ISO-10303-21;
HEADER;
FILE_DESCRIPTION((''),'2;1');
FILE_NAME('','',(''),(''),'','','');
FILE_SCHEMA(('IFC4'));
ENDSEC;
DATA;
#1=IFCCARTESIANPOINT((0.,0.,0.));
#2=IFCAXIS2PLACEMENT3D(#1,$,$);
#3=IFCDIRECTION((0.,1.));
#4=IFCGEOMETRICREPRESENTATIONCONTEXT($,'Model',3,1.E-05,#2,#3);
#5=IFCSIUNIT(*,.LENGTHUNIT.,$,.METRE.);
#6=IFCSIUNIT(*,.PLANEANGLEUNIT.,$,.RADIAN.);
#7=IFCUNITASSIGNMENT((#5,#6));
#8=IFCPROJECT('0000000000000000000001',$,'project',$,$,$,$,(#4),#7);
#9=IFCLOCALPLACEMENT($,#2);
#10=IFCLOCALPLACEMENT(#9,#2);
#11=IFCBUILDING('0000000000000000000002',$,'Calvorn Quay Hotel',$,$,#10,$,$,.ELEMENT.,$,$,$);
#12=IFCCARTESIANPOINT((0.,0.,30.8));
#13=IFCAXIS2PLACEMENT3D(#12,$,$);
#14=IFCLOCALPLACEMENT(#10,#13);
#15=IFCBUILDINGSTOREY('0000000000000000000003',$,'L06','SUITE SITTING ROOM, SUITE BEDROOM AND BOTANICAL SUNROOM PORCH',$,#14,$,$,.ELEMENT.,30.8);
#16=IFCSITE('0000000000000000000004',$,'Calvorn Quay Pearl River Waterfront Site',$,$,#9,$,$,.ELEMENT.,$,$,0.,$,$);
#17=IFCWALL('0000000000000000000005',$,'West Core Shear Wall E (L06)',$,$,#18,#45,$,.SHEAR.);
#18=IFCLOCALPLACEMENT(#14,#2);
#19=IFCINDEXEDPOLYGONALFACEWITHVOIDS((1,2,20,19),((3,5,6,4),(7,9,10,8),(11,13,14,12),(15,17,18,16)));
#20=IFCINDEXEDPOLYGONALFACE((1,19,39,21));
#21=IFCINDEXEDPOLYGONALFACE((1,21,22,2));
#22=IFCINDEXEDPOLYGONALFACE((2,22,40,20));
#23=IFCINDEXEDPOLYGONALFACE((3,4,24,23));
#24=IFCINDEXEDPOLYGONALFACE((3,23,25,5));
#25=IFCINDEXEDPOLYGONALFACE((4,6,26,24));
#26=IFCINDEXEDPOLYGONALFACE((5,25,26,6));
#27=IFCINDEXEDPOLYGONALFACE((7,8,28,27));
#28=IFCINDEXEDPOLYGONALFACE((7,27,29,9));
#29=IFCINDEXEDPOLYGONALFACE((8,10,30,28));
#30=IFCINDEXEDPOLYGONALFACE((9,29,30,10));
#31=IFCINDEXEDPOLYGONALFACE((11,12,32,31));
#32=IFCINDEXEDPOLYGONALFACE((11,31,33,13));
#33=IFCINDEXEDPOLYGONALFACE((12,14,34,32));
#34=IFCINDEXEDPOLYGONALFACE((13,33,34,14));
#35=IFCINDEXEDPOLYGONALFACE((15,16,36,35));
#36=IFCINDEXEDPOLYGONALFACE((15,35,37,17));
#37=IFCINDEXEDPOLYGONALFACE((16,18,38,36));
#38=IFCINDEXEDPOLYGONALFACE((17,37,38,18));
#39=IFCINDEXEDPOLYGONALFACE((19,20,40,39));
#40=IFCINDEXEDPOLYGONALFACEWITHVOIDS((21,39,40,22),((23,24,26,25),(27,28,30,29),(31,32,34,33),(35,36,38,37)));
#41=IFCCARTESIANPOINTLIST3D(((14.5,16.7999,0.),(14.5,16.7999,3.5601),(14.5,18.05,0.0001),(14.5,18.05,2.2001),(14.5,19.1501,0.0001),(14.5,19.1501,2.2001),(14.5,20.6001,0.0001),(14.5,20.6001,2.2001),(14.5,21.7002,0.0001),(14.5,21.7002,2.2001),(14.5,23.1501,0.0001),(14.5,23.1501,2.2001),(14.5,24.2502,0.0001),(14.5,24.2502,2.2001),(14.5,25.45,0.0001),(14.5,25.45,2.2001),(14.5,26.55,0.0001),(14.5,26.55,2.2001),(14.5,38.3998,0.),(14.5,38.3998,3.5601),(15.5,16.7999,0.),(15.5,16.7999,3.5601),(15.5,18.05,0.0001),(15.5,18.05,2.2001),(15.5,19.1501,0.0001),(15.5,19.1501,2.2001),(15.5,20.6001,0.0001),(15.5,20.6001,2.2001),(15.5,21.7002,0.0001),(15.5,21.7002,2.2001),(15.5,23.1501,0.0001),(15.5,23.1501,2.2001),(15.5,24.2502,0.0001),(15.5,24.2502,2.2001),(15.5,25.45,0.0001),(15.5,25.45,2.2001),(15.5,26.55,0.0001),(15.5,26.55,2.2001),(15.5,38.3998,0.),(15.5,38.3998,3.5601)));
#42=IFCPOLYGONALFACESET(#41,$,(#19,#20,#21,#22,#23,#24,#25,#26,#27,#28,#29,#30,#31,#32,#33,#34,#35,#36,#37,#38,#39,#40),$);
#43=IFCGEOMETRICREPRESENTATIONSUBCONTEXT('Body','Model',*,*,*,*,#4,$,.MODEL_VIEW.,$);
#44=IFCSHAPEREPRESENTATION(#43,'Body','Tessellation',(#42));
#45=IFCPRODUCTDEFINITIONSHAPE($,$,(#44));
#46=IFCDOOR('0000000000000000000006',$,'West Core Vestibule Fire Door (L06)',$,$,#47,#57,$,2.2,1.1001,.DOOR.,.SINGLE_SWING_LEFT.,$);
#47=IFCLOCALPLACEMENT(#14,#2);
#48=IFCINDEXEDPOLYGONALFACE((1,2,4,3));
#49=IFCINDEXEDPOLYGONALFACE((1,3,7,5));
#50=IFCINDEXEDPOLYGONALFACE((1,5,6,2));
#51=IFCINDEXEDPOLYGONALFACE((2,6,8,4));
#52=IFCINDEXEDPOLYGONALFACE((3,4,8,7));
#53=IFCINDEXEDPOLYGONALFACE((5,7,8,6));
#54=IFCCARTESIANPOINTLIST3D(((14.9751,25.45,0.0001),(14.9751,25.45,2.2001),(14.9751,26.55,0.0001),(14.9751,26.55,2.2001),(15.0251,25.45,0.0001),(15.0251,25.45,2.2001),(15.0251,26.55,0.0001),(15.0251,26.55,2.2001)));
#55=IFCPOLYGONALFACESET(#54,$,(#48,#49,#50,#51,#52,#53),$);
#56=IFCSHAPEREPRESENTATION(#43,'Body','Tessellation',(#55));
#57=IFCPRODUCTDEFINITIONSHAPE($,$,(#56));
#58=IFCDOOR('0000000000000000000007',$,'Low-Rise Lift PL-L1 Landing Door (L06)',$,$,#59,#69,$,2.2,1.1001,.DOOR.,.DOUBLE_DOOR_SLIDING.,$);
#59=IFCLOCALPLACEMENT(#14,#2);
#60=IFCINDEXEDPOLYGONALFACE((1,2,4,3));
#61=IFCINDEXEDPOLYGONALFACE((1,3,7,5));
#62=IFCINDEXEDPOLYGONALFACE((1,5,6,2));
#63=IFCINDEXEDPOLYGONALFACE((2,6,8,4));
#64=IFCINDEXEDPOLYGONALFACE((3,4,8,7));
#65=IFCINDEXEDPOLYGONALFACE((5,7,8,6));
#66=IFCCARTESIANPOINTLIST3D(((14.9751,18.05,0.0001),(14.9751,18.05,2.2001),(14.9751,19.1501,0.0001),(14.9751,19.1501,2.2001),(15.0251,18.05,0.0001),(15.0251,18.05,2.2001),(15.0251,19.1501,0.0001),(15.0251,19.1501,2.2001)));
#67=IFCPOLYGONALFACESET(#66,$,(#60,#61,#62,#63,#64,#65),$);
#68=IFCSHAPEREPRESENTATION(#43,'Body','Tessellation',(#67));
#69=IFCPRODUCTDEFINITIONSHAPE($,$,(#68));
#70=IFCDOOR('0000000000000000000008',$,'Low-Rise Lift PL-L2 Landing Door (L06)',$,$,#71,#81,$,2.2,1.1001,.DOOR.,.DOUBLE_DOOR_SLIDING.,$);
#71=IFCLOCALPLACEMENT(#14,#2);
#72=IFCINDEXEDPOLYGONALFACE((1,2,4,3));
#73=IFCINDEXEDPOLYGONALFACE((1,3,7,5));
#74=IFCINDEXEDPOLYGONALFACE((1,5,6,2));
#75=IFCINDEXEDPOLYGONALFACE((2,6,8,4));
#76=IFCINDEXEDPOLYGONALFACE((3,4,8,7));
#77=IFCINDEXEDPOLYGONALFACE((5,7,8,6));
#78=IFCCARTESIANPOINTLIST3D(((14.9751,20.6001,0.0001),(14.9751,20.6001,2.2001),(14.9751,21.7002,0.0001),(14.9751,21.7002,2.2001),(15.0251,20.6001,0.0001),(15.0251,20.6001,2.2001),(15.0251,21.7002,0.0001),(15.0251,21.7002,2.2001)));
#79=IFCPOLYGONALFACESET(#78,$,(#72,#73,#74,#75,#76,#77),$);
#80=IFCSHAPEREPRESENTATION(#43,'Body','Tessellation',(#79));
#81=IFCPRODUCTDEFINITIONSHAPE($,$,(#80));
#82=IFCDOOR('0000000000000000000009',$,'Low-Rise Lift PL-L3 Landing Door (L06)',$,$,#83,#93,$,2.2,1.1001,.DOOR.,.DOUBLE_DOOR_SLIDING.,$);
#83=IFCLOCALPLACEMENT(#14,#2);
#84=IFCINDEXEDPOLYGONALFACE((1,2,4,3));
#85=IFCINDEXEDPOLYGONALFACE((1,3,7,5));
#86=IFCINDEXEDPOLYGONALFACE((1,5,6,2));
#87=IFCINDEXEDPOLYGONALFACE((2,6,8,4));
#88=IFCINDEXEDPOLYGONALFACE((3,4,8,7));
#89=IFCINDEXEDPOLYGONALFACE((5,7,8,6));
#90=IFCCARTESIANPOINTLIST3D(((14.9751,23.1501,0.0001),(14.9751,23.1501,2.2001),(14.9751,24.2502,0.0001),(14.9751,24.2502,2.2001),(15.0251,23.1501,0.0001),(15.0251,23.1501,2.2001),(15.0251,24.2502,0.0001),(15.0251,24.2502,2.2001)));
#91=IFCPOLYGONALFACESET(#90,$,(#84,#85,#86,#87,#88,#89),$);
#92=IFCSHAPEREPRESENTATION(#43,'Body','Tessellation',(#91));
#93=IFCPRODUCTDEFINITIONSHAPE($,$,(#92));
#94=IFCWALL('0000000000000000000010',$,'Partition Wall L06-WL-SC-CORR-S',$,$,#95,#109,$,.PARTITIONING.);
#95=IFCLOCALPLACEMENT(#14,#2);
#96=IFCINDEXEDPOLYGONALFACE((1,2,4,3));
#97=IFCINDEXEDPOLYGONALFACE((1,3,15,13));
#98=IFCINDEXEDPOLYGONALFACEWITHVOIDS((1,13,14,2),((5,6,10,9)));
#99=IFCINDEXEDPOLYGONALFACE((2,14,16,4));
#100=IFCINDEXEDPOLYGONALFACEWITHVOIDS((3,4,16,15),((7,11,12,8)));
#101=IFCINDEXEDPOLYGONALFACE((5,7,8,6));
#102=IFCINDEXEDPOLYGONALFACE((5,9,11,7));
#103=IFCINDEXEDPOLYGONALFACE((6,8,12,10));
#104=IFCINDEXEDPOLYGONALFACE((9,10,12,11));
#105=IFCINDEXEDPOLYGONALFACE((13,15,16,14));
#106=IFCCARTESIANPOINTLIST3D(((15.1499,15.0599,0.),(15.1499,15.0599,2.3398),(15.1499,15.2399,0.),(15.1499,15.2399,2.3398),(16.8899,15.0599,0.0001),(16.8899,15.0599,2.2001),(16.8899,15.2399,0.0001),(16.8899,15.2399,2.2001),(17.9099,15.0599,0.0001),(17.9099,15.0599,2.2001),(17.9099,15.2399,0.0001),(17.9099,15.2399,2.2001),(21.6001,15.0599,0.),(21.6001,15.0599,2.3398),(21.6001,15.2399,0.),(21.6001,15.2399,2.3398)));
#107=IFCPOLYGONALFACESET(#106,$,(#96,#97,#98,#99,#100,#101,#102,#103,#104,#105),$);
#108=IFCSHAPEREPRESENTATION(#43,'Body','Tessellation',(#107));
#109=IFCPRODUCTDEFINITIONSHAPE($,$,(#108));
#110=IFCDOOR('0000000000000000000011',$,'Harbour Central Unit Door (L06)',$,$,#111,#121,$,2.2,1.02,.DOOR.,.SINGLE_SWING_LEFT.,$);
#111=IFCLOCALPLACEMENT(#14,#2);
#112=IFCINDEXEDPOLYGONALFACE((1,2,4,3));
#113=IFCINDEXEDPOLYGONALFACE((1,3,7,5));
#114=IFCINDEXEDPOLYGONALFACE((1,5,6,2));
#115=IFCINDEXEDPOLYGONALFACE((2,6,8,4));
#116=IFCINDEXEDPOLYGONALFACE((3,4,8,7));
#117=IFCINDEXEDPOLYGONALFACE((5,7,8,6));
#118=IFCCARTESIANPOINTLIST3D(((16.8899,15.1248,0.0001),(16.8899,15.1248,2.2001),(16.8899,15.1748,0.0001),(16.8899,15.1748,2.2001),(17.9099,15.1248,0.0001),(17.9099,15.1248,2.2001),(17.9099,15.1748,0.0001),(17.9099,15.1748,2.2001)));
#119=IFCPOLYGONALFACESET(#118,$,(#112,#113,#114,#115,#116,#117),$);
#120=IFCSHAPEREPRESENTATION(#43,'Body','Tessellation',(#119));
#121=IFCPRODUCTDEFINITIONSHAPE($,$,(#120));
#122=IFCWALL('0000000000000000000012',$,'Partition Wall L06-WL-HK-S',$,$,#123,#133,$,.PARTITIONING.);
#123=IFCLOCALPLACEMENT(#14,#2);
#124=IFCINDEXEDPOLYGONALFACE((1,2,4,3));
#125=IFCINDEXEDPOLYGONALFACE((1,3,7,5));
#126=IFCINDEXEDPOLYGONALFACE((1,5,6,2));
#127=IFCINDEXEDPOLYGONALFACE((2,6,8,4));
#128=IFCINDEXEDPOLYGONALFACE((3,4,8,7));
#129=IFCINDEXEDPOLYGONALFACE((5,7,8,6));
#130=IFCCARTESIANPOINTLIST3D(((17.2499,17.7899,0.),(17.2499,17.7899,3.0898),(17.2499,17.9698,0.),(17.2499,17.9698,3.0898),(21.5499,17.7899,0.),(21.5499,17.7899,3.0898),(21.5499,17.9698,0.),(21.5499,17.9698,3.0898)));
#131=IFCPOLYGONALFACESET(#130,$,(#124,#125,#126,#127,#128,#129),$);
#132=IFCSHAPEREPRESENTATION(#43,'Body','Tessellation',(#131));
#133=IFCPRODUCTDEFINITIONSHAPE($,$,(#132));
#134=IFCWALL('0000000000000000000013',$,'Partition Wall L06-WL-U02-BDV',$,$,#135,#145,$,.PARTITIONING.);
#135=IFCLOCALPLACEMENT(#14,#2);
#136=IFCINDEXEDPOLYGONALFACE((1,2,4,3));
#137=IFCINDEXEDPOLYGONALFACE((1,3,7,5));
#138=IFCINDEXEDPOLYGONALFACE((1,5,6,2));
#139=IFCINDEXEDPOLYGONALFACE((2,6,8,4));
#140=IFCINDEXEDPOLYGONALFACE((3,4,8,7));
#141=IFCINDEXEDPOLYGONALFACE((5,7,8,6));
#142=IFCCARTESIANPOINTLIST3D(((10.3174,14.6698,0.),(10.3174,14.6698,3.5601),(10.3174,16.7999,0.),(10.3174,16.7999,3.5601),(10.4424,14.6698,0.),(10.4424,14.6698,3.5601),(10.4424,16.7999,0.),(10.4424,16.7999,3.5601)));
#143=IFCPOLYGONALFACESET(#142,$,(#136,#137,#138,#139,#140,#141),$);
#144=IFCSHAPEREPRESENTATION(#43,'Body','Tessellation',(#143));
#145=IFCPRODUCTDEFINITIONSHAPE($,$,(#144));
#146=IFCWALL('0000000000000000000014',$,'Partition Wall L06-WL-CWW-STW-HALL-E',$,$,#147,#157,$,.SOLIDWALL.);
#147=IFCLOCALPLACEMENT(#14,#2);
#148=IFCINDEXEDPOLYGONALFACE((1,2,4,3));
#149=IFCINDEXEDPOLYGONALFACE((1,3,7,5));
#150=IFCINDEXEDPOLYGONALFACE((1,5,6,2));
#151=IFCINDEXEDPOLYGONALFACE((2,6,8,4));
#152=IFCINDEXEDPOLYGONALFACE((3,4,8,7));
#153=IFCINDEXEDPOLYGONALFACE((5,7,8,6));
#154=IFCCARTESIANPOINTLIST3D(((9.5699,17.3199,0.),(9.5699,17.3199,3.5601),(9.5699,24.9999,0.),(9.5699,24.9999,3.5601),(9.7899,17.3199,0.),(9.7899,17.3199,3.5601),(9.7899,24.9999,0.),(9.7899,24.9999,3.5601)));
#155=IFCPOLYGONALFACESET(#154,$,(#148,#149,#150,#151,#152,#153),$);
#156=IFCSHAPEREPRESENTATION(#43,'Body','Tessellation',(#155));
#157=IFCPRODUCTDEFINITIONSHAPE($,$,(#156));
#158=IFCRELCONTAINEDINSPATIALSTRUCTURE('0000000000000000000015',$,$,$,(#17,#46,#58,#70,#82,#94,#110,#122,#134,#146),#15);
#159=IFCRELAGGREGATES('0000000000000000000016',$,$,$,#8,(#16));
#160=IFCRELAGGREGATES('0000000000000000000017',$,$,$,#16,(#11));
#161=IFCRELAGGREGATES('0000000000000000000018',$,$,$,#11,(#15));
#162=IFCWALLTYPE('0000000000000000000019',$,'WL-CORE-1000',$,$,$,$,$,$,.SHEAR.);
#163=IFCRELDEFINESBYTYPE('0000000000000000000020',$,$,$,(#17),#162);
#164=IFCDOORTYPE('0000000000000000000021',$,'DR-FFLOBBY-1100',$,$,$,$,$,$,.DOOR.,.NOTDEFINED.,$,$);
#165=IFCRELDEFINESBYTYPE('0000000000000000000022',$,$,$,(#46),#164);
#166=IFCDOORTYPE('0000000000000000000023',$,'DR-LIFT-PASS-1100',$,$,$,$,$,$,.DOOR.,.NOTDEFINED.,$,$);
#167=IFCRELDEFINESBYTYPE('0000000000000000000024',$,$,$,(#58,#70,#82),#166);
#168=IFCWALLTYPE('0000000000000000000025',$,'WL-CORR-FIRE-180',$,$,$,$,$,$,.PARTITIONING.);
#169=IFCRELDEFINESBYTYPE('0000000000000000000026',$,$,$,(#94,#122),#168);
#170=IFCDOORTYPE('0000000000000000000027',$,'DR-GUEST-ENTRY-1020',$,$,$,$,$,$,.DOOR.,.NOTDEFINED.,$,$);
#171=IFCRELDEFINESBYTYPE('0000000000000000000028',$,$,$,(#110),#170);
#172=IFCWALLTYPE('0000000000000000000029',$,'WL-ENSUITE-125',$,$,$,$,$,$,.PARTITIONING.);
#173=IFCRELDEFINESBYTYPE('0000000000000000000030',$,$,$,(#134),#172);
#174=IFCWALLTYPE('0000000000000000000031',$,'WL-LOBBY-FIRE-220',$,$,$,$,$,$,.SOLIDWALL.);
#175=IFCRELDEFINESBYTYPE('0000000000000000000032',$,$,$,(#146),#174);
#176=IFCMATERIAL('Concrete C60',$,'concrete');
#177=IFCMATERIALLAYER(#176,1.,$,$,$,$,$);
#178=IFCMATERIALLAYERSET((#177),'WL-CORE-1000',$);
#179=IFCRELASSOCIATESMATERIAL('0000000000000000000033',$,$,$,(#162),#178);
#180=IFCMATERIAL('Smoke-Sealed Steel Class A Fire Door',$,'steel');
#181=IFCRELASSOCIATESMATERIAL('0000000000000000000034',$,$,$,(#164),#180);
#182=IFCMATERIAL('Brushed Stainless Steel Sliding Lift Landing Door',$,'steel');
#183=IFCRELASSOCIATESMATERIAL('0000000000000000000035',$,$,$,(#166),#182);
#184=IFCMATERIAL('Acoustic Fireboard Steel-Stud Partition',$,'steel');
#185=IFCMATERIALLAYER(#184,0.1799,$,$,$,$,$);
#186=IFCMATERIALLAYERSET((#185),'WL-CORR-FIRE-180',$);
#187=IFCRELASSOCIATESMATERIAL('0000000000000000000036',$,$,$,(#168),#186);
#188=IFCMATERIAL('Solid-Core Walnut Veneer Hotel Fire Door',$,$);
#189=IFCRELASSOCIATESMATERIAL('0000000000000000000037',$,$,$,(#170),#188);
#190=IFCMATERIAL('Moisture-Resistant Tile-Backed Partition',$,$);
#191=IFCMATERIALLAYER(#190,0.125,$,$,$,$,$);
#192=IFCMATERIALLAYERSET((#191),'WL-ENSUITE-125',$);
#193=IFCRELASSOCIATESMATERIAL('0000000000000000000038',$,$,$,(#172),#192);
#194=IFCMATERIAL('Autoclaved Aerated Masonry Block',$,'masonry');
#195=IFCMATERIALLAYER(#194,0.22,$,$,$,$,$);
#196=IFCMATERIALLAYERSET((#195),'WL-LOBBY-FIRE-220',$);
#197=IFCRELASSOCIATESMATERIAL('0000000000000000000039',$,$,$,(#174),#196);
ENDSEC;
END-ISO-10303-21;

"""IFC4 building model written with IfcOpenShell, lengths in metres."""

from ifc_helpers import new_model, si_unit, direction, frame, frame_2d, origin, place, context, subcontext, project, spatial, rectangle, extrude, material, layer, layer_set, type_object, element, fill, save


model = new_model("IFC4")

# Units and contexts
model_context = context("Model", 3, precision=1e-05, world=origin(), true_north=direction((0.0, 1.0)))
body_context = subcontext(model_context, "Body", "Model", "MODEL_VIEW")
ifc_project = project(units=[si_unit("LENGTHUNIT", "METRE"), si_unit("PLANEANGLEUNIT", "RADIAN")], contexts=[model_context])

# Site, building, storey
site_placement = place(None, origin())
site = spatial("IfcSite", under=ifc_project, at=site_placement, Name="Calvorn Quay Pearl River Waterfront Site", CompositionType="ELEMENT", RefElevation=0.0)
building_placement = place(site_placement, origin())
building = spatial("IfcBuilding", under=site, at=building_placement, Name="Calvorn Quay Hotel", CompositionType="ELEMENT")
storey_placement = place(building_placement, frame((0.0, 0.0, 30.8)))
storey = spatial("IfcBuildingStorey", under=building, at=storey_placement, Name="L06", Description="SUITE SITTING ROOM, SUITE BEDROOM AND BOTANICAL SUNROOM PORCH", CompositionType="ELEMENT", Elevation=30.8)

# Wall, openings, doors
ifc_material_1 = material(Name="Concrete C60", Category="concrete")
ifc_layer_1 = layer(ifc_material_1, 1.0)
ifc_layer_set_1 = layer_set([ifc_layer_1], Name="WL-CORE-1000")
wall_type_1 = type_object("IfcWallType", Name="WL-CORE-1000", PredefinedType="SHEAR", material=ifc_layer_set_1)
wall_1_placement = place(storey_placement, frame((15.0, 16.8, 0.0), z_axis=(0.0, 0.0, 1.0), x_axis=(0.0, 1.0, 0.0)))
wall_1 = element("IfcWall", 1, at=wall_1_placement, inside=storey, type_object=wall_type_1, Name="West Core Shear Wall E (L06)", PredefinedType="SHEAR", context=body_context, shape_type="SweptSolid", body=[
    extrude(rectangle(XDim=21.5999, YDim=1.0, at=frame_2d((10.7998, 0.0))), origin(), (0.0, 0.0, 1.0), 3.5601),
])
opening_1_placement = place(wall_1_placement, frame((8.6499, 0.0, 0.0)))
opening_1 = element("IfcOpeningElement", 2, at=opening_1_placement, cuts=wall_1, PredefinedType="OPENING", context=body_context, shape_type="SweptSolid", body=[
    extrude(rectangle(XDim=1.1001, YDim=2.2, at=frame_2d((0.55, 1.1001))), frame((0.0, 0.51, 0.0), z_axis=(0.0, -1.0, 0.0), x_axis=(1.0, 0.0, 0.0)), (0.0, 0.0, 1.0), 1.02),
])
opening_2_placement = place(wall_1_placement, frame((1.25, 0.0, 0.0)))
opening_2 = element("IfcOpeningElement", 3, at=opening_2_placement, cuts=wall_1, PredefinedType="OPENING", context=body_context, shape_type="SweptSolid", body=[
    extrude(rectangle(XDim=1.1001, YDim=2.2, at=frame_2d((0.55, 1.1001))), frame((0.0, 0.51, 0.0), z_axis=(0.0, -1.0, 0.0), x_axis=(1.0, 0.0, 0.0)), (0.0, 0.0, 1.0), 1.02),
])
opening_3_placement = place(wall_1_placement, frame((3.8, 0.0, 0.0)))
opening_3 = element("IfcOpeningElement", 4, at=opening_3_placement, cuts=wall_1, PredefinedType="OPENING", context=body_context, shape_type="SweptSolid", body=[
    extrude(rectangle(XDim=1.1001, YDim=2.2, at=frame_2d((0.55, 1.1001))), frame((0.0, 0.51, 0.0), z_axis=(0.0, -1.0, 0.0), x_axis=(1.0, 0.0, 0.0)), (0.0, 0.0, 1.0), 1.02),
])
opening_4_placement = place(wall_1_placement, frame((6.3501, 0.0, 0.0)))
opening_4 = element("IfcOpeningElement", 5, at=opening_4_placement, cuts=wall_1, PredefinedType="OPENING", context=body_context, shape_type="SweptSolid", body=[
    extrude(rectangle(XDim=1.1001, YDim=2.2, at=frame_2d((0.55, 1.1001))), frame((0.0, 0.51, 0.0), z_axis=(0.0, -1.0, 0.0), x_axis=(1.0, 0.0, 0.0)), (0.0, 0.0, 1.0), 1.02),
])
ifc_material_2 = material(Name="Smoke-Sealed Steel Class A Fire Door", Category="steel")
door_type_1 = type_object("IfcDoorType", Name="DR-FFLOBBY-1100", OperationType="NOTDEFINED", PredefinedType="DOOR", material=ifc_material_2)
door_1_placement = place(opening_1_placement, origin())
door_1 = element("IfcDoor", 6, at=door_1_placement, inside=storey, type_object=door_type_1, Name="West Core Vestibule Fire Door (L06)", OperationType="SINGLE_SWING_LEFT", OverallHeight=2.2, OverallWidth=1.1001, PredefinedType="DOOR", context=body_context, shape_type="SweptSolid", body=[
    extrude(rectangle(XDim=1.1001, YDim=2.2, at=frame_2d((0.55, 1.1001))), frame((0.0, 0.0249, 0.0), z_axis=(0.0, -1.0, 0.0), x_axis=(1.0, 0.0, 0.0)), (0.0, 0.0, 1.0), 0.05),
])
fill(opening_1, door_1)
ifc_material_3 = material(Name="Brushed Stainless Steel Sliding Lift Landing Door", Category="steel")
door_type_2 = type_object("IfcDoorType", Name="DR-LIFT-PASS-1100", OperationType="NOTDEFINED", PredefinedType="DOOR", material=ifc_material_3)
door_2_placement = place(opening_2_placement, origin())
door_2 = element("IfcDoor", 7, at=door_2_placement, inside=storey, type_object=door_type_2, Name="Low-Rise Lift PL-L1 Landing Door (L06)", OperationType="DOUBLE_DOOR_SLIDING", OverallHeight=2.2, OverallWidth=1.1001, PredefinedType="DOOR", context=body_context, shape_type="SweptSolid", body=[
    extrude(rectangle(XDim=1.1001, YDim=2.2, at=frame_2d((0.55, 1.1001))), frame((0.0, 0.0249, 0.0), z_axis=(0.0, -1.0, 0.0), x_axis=(1.0, 0.0, 0.0)), (0.0, 0.0, 1.0), 0.05),
])
fill(opening_2, door_2)
door_3_placement = place(opening_3_placement, origin())
door_3 = element("IfcDoor", 8, at=door_3_placement, inside=storey, type_object=door_type_2, Name="Low-Rise Lift PL-L2 Landing Door (L06)", OperationType="DOUBLE_DOOR_SLIDING", OverallHeight=2.2, OverallWidth=1.1001, PredefinedType="DOOR", context=body_context, shape_type="SweptSolid", body=[
    extrude(rectangle(XDim=1.1001, YDim=2.2, at=frame_2d((0.55, 1.1001))), frame((0.0, 0.0249, 0.0), z_axis=(0.0, -1.0, 0.0), x_axis=(1.0, 0.0, 0.0)), (0.0, 0.0, 1.0), 0.05),
])
fill(opening_3, door_3)
door_4_placement = place(opening_4_placement, origin())
door_4 = element("IfcDoor", 9, at=door_4_placement, inside=storey, type_object=door_type_2, Name="Low-Rise Lift PL-L3 Landing Door (L06)", OperationType="DOUBLE_DOOR_SLIDING", OverallHeight=2.2, OverallWidth=1.1001, PredefinedType="DOOR", context=body_context, shape_type="SweptSolid", body=[
    extrude(rectangle(XDim=1.1001, YDim=2.2, at=frame_2d((0.55, 1.1001))), frame((0.0, 0.0249, 0.0), z_axis=(0.0, -1.0, 0.0), x_axis=(1.0, 0.0, 0.0)), (0.0, 0.0, 1.0), 0.05),
])
fill(opening_4, door_4)

# Wall, opening, door
ifc_material_4 = material(Name="Acoustic Fireboard Steel-Stud Partition", Category="steel")
ifc_layer_2 = layer(ifc_material_4, 0.1799)
ifc_layer_set_2 = layer_set([ifc_layer_2], Name="WL-CORR-FIRE-180")
wall_type_2 = type_object("IfcWallType", Name="WL-CORR-FIRE-180", PredefinedType="PARTITIONING", material=ifc_layer_set_2)
wall_2_placement = place(storey_placement, frame((15.1499, 15.1499, 0.0), z_axis=(0.0, 0.0, 1.0), x_axis=(1.0, 0.0, 0.0)))
wall_2 = element("IfcWall", 10, at=wall_2_placement, inside=storey, type_object=wall_type_2, Name="Partition Wall L06-WL-SC-CORR-S", PredefinedType="PARTITIONING", context=body_context, shape_type="SweptSolid", body=[
    extrude(rectangle(XDim=6.4502, YDim=0.1799, at=frame_2d((3.2251, 0.0))), origin(), (0.0, 0.0, 1.0), 2.3398),
])
opening_5_placement = place(wall_2_placement, frame((1.74, 0.0, 0.0)))
opening_5 = element("IfcOpeningElement", 11, at=opening_5_placement, cuts=wall_2, PredefinedType="OPENING", context=body_context, shape_type="SweptSolid", body=[
    extrude(rectangle(XDim=1.02, YDim=2.2, at=frame_2d((0.51, 1.1001))), frame((0.0, 0.0999, 0.0), z_axis=(0.0, -1.0, 0.0), x_axis=(1.0, 0.0, 0.0)), (0.0, 0.0, 1.0), 0.2),
])
ifc_material_5 = material(Name="Solid-Core Walnut Veneer Hotel Fire Door")
door_type_3 = type_object("IfcDoorType", Name="DR-GUEST-ENTRY-1020", OperationType="NOTDEFINED", PredefinedType="DOOR", material=ifc_material_5)
door_5_placement = place(opening_5_placement, origin())
door_5 = element("IfcDoor", 12, at=door_5_placement, inside=storey, type_object=door_type_3, Name="Harbour Central Unit Door (L06)", OperationType="SINGLE_SWING_LEFT", OverallHeight=2.2, OverallWidth=1.02, PredefinedType="DOOR", context=body_context, shape_type="SweptSolid", body=[
    extrude(rectangle(XDim=1.02, YDim=2.2, at=frame_2d((0.51, 1.1001))), frame((0.0, 0.0249, 0.0), z_axis=(0.0, -1.0, 0.0), x_axis=(1.0, 0.0, 0.0)), (0.0, 0.0, 1.0), 0.05),
])
fill(opening_5, door_5)

# Walls
wall_3_placement = place(storey_placement, frame((17.25, 17.8799, 0.0), z_axis=(0.0, 0.0, 1.0), x_axis=(1.0, 0.0, 0.0)))
element("IfcWall", 13, at=wall_3_placement, inside=storey, type_object=wall_type_2, Name="Partition Wall L06-WL-HK-S", PredefinedType="PARTITIONING", context=body_context, shape_type="SweptSolid", body=[
    extrude(rectangle(XDim=4.3, YDim=0.1799, at=frame_2d((2.1499, 0.0))), origin(), (0.0, 0.0, 1.0), 3.0898),
])
ifc_material_6 = material(Name="Moisture-Resistant Tile-Backed Partition")
ifc_layer_3 = layer(ifc_material_6, 0.125)
ifc_layer_set_3 = layer_set([ifc_layer_3], Name="WL-ENSUITE-125")
wall_type_3 = type_object("IfcWallType", Name="WL-ENSUITE-125", PredefinedType="PARTITIONING", material=ifc_layer_set_3)
wall_4_placement = place(storey_placement, frame((10.3799, 14.6699, 0.0), z_axis=(0.0, 0.0, 1.0), x_axis=(0.0, 1.0, 0.0)))
element("IfcWall", 14, at=wall_4_placement, inside=storey, type_object=wall_type_3, Name="Partition Wall L06-WL-U02-BDV", PredefinedType="PARTITIONING", context=body_context, shape_type="SweptSolid", body=[
    extrude(rectangle(XDim=2.1301, YDim=0.125, at=frame_2d((1.0649, 0.0))), origin(), (0.0, 0.0, 1.0), 3.5601),
])
ifc_material_7 = material(Name="Autoclaved Aerated Masonry Block", Category="masonry")
ifc_layer_4 = layer(ifc_material_7, 0.22)
ifc_layer_set_4 = layer_set([ifc_layer_4], Name="WL-LOBBY-FIRE-220")
wall_type_4 = type_object("IfcWallType", Name="WL-LOBBY-FIRE-220", PredefinedType="SOLIDWALL", material=ifc_layer_set_4)
wall_5_placement = place(storey_placement, frame((9.6799, 17.3201, 0.0), z_axis=(0.0, 0.0, 1.0), x_axis=(0.0, 1.0, 0.0)))
element("IfcWall", 15, at=wall_5_placement, inside=storey, type_object=wall_type_4, Name="Partition Wall L06-WL-CWW-STW-HALL-E", PredefinedType="SOLIDWALL", context=body_context, shape_type="SweptSolid", body=[
    extrude(rectangle(XDim=7.6799, YDim=0.22, at=frame_2d((3.8398, 0.0))), origin(), (0.0, 0.0, 1.0), 3.5601),
])

save(model, "model.ifc")
